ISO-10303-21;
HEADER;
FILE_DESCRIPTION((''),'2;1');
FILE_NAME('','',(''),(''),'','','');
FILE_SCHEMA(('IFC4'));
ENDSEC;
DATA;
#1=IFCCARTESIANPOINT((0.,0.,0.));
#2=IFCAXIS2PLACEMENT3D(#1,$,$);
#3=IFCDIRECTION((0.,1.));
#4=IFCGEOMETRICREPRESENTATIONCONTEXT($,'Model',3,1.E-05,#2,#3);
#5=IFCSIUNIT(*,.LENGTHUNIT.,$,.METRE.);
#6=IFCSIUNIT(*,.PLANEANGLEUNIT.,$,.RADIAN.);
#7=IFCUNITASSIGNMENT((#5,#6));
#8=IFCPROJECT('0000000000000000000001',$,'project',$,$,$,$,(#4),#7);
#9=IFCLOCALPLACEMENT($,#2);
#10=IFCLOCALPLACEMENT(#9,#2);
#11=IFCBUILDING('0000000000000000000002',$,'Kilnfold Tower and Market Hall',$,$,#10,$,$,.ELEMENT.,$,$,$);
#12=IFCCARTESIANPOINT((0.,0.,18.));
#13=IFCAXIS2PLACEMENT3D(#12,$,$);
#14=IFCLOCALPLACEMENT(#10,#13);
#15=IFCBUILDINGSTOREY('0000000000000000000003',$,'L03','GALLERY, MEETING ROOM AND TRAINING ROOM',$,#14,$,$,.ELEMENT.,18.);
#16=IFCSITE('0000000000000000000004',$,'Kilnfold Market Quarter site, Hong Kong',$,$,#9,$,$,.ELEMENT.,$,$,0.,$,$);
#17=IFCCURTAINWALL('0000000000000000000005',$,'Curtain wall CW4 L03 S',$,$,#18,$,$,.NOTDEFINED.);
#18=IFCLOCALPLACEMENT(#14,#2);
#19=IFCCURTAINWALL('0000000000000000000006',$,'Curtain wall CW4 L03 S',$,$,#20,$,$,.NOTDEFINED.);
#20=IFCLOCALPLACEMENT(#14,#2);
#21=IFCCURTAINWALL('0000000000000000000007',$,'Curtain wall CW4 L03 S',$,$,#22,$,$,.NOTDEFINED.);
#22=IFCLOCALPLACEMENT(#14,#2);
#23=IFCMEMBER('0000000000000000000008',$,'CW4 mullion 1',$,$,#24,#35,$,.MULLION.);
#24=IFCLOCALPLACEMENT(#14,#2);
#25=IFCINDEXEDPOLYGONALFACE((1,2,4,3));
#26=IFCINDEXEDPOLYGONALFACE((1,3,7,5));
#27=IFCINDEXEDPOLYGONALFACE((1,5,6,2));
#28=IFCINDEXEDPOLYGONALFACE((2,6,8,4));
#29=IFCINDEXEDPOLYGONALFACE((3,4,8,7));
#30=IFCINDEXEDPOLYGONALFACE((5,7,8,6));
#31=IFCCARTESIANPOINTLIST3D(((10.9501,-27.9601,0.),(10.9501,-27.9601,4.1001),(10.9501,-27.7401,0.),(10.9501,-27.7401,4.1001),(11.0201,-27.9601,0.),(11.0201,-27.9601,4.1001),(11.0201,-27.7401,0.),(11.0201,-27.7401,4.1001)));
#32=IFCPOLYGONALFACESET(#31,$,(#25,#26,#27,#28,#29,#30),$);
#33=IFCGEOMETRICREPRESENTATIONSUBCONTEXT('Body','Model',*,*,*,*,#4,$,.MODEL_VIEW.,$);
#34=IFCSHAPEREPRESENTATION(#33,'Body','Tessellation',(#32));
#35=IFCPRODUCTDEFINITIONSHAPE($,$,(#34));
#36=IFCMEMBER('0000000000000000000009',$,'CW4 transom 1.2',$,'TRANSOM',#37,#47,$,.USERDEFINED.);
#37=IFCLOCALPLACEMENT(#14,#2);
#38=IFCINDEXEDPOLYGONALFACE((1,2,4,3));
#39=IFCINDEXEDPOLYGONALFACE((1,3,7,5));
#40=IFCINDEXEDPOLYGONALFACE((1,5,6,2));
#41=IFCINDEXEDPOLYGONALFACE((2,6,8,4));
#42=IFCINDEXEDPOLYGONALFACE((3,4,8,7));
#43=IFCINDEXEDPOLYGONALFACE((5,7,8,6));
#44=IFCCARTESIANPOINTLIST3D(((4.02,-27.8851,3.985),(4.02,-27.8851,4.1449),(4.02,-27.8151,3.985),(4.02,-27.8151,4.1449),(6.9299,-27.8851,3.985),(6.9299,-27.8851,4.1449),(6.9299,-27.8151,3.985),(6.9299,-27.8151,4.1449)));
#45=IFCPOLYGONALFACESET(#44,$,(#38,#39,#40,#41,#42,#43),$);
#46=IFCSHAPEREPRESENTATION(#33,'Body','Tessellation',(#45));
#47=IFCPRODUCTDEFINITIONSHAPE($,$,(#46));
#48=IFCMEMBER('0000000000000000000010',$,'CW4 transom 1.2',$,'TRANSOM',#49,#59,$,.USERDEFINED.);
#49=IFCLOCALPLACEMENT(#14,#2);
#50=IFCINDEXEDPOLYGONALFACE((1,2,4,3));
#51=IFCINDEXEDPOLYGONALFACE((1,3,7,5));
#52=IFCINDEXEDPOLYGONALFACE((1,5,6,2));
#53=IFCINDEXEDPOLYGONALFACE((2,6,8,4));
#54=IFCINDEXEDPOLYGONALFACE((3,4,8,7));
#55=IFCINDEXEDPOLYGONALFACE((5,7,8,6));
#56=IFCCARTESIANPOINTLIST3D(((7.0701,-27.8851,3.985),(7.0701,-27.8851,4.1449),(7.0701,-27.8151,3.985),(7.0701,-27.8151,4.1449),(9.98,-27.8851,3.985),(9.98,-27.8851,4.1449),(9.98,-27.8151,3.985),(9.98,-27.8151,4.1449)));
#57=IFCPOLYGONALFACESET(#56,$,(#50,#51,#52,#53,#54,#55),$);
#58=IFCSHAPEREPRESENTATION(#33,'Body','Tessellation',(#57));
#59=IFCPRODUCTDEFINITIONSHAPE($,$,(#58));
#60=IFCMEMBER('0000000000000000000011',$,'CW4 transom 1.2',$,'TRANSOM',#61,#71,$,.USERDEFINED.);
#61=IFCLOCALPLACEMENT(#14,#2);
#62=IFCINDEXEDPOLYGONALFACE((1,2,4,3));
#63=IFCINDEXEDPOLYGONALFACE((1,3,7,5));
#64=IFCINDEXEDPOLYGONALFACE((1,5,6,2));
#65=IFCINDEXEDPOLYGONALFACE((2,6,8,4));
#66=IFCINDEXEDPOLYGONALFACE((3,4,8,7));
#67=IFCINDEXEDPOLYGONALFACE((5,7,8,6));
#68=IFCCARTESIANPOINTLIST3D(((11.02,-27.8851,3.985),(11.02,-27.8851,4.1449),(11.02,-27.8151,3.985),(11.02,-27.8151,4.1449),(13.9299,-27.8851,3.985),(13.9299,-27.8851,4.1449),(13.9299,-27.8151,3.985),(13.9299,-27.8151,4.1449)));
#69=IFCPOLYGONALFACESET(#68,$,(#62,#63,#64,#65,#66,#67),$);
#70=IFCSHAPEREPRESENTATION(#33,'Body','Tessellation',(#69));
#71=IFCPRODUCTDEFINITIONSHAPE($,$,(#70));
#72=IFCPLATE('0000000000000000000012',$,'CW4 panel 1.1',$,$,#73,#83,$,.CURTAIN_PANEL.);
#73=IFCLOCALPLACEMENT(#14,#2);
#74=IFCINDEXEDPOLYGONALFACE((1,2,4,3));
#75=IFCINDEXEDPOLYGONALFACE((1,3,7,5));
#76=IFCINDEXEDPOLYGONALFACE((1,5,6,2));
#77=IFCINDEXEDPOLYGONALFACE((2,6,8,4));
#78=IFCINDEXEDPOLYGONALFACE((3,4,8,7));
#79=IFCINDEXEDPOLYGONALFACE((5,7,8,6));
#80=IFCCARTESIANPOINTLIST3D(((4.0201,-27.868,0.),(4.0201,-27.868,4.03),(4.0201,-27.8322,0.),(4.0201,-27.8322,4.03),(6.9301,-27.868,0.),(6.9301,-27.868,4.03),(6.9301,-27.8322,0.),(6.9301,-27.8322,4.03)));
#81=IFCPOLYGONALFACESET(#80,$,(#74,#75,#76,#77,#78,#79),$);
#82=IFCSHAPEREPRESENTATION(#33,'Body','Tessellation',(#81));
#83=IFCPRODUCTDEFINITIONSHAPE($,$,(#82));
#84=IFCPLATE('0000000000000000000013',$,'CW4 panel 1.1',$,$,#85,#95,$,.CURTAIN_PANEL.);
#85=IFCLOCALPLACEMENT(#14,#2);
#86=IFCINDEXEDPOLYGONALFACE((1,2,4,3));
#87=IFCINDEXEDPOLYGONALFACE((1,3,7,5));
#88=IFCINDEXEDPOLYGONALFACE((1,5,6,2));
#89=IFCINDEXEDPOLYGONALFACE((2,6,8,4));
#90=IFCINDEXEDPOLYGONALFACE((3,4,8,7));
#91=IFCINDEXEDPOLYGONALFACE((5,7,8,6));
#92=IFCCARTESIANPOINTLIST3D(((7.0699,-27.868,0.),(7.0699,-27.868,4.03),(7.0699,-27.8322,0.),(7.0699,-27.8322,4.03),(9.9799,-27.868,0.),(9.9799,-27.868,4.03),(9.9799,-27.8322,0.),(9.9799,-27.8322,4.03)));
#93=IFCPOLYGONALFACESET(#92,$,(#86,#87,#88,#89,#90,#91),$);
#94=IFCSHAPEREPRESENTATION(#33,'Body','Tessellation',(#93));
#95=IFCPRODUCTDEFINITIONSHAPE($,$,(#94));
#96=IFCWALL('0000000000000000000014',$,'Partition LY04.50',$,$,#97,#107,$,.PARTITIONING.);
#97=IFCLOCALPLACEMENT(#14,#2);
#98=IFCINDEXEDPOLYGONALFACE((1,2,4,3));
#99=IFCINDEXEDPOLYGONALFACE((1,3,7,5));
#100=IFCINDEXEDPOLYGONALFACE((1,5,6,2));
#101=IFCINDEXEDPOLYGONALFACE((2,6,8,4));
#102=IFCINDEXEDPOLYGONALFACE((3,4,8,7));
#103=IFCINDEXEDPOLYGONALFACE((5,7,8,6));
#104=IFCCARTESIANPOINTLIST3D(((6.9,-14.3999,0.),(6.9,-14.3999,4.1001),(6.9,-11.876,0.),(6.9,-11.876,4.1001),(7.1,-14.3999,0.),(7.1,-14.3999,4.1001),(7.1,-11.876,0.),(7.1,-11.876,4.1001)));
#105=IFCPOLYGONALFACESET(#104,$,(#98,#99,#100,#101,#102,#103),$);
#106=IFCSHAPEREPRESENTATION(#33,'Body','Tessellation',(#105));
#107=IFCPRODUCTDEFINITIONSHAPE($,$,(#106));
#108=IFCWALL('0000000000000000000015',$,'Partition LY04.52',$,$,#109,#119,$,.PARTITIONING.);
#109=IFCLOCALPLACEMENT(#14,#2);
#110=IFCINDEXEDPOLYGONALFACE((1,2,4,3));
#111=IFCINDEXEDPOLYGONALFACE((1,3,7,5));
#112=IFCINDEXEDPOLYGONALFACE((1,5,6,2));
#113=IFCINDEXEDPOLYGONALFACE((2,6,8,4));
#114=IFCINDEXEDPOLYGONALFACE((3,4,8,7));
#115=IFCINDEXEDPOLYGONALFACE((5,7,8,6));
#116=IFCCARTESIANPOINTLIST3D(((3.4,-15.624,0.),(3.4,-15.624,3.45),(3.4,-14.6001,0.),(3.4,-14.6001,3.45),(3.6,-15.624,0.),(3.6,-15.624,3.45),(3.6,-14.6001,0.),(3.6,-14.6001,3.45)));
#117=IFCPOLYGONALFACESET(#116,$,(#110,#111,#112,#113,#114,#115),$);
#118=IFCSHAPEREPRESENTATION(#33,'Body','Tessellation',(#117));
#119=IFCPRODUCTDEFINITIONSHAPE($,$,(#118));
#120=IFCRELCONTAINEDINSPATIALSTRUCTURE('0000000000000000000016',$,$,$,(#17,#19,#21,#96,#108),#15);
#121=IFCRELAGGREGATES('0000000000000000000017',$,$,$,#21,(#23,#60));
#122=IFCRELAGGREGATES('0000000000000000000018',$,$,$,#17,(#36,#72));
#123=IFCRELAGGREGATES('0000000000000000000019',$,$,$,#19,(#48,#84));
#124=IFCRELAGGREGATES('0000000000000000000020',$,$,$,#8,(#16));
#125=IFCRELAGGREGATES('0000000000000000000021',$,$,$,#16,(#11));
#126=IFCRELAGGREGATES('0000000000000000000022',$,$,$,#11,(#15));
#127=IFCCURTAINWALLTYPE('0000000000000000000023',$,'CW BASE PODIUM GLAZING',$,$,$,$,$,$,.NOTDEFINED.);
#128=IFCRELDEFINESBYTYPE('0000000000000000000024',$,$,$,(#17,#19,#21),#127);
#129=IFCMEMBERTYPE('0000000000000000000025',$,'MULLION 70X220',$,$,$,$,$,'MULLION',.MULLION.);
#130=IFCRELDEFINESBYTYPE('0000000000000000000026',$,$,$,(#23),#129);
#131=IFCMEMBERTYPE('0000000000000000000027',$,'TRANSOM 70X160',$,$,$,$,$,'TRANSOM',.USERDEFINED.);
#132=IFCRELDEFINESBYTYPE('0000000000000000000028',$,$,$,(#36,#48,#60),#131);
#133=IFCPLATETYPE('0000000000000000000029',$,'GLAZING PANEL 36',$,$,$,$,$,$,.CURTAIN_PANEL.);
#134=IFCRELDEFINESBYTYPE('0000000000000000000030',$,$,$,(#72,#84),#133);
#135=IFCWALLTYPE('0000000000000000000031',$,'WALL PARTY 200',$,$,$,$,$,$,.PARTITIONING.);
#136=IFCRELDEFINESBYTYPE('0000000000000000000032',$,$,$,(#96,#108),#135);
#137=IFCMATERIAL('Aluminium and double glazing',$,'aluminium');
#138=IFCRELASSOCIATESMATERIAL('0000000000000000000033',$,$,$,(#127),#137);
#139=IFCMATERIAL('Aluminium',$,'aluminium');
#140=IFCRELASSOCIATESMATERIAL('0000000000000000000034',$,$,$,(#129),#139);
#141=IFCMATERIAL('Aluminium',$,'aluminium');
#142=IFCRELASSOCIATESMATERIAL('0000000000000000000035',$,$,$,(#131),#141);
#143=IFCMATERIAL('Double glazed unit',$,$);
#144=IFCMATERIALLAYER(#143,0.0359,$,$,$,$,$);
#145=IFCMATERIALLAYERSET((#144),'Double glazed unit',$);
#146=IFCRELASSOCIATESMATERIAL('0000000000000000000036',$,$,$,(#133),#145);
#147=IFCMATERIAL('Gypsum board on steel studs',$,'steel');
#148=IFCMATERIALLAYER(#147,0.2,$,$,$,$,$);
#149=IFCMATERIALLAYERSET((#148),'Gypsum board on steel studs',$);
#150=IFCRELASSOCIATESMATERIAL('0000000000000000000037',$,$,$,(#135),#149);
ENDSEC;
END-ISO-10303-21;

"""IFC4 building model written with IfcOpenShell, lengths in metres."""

from ifc_helpers import new_model, si_unit, direction, frame, frame_2d, origin, origin_2d, place, context, subcontext, project, spatial, rectangle, extrude, source, transform, mapped, material, layer, layer_set, material_profile, profile_set, type_object, element, aggregate, save


model = new_model("IFC4")

# Units and contexts
model_context = context("Model", 3, precision=1e-05, world=origin(), true_north=direction((0.0, 1.0)))
body_context = subcontext(model_context, "Body", "Model", "MODEL_VIEW")
ifc_project = project(units=[si_unit("LENGTHUNIT", "METRE"), si_unit("PLANEANGLEUNIT", "RADIAN")], contexts=[model_context])

# Site, building, storey
site_placement = place(None, origin())
site = spatial("IfcSite", under=ifc_project, at=site_placement, Name="Kilnfold Market Quarter site, Hong Kong", CompositionType="ELEMENT", RefElevation=0.0)
building_placement = place(site_placement, origin())
building = spatial("IfcBuilding", under=site, at=building_placement, Name="Kilnfold Tower and Market Hall", CompositionType="ELEMENT")
storey_placement = place(building_placement, frame((0.0, 0.0, 18.0)))
storey = spatial("IfcBuildingStorey", under=building, at=storey_placement, Name="L03", Description="GALLERY, MEETING ROOM AND TRAINING ROOM", CompositionType="ELEMENT", Elevation=18.0)

# Curtain walls
ifc_material_1 = material(Name="Aluminium and double glazing", Category="aluminium")
curtain_wall_type = type_object("IfcCurtainWallType", Name="CW BASE PODIUM GLAZING", PredefinedType="NOTDEFINED", material=ifc_material_1)
curtain_wall_1_placement = place(storey_placement, origin())
curtain_wall_1 = element("IfcCurtainWall", 1, at=curtain_wall_1_placement, inside=storey, type_object=curtain_wall_type, Name="Curtain wall CW4 L03 S", PredefinedType="NOTDEFINED")
ifc_material_2 = material(Name="Aluminium", Category="aluminium")
ifc_material_profile_1 = material_profile(ifc_material_2, rectangle(XDim=0.0701, YDim=0.22, at=origin_2d()), Name="MULLION 70x220")
ifc_profile_set_1 = profile_set([ifc_material_profile_1], Name="Aluminium")
member_type_1 = type_object("IfcMemberType", Name="MULLION 70X220", ElementType="MULLION", PredefinedType="MULLION", material=ifc_profile_set_1)
shared_shape_1 = source(origin(), body_context, "Body", "SweptSolid", [
    extrude(rectangle(XDim=0.0701, YDim=0.22, at=origin_2d()), origin(), (0.0, 0.0, 1.0), 4.1001),
])
curtain_wall_2_placement = place(storey_placement, origin())
curtain_wall_2 = element("IfcCurtainWall", 2, at=curtain_wall_2_placement, inside=storey, type_object=curtain_wall_type, Name="Curtain wall CW4 L03 S", PredefinedType="NOTDEFINED")

# Curtain wall, member
curtain_wall_3_placement = place(storey_placement, origin())
curtain_wall_3 = element("IfcCurtainWall", 3, at=curtain_wall_3_placement, inside=storey, type_object=curtain_wall_type, Name="Curtain wall CW4 L03 S", PredefinedType="NOTDEFINED")
member_1_placement = place(storey_placement, frame((10.9851, -27.8501, 0.0), z_axis=(0.0, 0.0, 1.0), x_axis=(1.0, 0.0, 0.0)))
member_1 = element("IfcMember", 4, at=member_1_placement, type_object=member_type_1, Name="CW4 mullion 1", PredefinedType="MULLION", context=body_context, shape_type="MappedRepresentation", body=[
    mapped(shared_shape_1, transform((0.0, 0.0, 0.0))),
])

# Members
ifc_material_3 = material(Name="Aluminium", Category="aluminium")
ifc_material_profile_2 = material_profile(ifc_material_3, rectangle(XDim=0.0701, YDim=0.1599, at=origin_2d()), Name="TRANSOM 70x160")
ifc_profile_set_2 = profile_set([ifc_material_profile_2], Name="Aluminium")
member_type_2 = type_object("IfcMemberType", Name="TRANSOM 70X160", ElementType="TRANSOM", PredefinedType="USERDEFINED", material=ifc_profile_set_2)
shared_shape_2 = source(origin(), body_context, "Body", "SweptSolid", [
    extrude(rectangle(XDim=0.0701, YDim=0.1599, at=origin_2d()), origin(), (0.0, 0.0, 1.0), 2.9099),
])
member_2_placement = place(storey_placement, frame((4.02, -27.8501, 4.0649), z_axis=(1.0, 0.0, 0.0), x_axis=(0.0, 1.0, 0.0)))
member_2 = element("IfcMember", 5, at=member_2_placement, type_object=member_type_2, Name="CW4 transom 1.2", ObjectType="TRANSOM", PredefinedType="USERDEFINED", context=body_context, shape_type="MappedRepresentation", body=[
    mapped(shared_shape_2, transform((0.0, 0.0, 0.0))),
])
member_3_placement = place(storey_placement, frame((7.0701, -27.8501, 4.0649), z_axis=(1.0, 0.0, 0.0), x_axis=(0.0, 1.0, 0.0)))
member_3 = element("IfcMember", 6, at=member_3_placement, type_object=member_type_2, Name="CW4 transom 1.2", ObjectType="TRANSOM", PredefinedType="USERDEFINED", context=body_context, shape_type="MappedRepresentation", body=[
    mapped(shared_shape_2, transform((0.0, 0.0, 0.0))),
])
member_4_placement = place(storey_placement, frame((11.02, -27.8501, 4.0649), z_axis=(1.0, 0.0, 0.0), x_axis=(0.0, 1.0, 0.0)))
member_4 = element("IfcMember", 7, at=member_4_placement, type_object=member_type_2, Name="CW4 transom 1.2", ObjectType="TRANSOM", PredefinedType="USERDEFINED", context=body_context, shape_type="MappedRepresentation", body=[
    mapped(shared_shape_2, transform((0.0, 0.0, 0.0))),
])
aggregate(curtain_wall_3, [member_1, member_4])

# Plates
ifc_material_4 = material(Name="Double glazed unit")
ifc_layer_1 = layer(ifc_material_4, 0.0359)
ifc_layer_set_1 = layer_set([ifc_layer_1], Name="Double glazed unit")
plate_type = type_object("IfcPlateType", Name="GLAZING PANEL 36", PredefinedType="CURTAIN_PANEL", material=ifc_layer_set_1)
shared_shape_3 = source(origin(), body_context, "Body", "SweptSolid", [
    extrude(rectangle(XDim=2.9099, YDim=0.0359, at=origin_2d()), origin(), (0.0, 0.0, 1.0), 4.03),
])
plate_1_placement = place(storey_placement, frame((5.4751, -27.8501, 0.0), z_axis=(0.0, 0.0, 1.0), x_axis=(1.0, 0.0, 0.0)))
plate_1 = element("IfcPlate", 8, at=plate_1_placement, type_object=plate_type, Name="CW4 panel 1.1", PredefinedType="CURTAIN_PANEL", context=body_context, shape_type="MappedRepresentation", body=[
    mapped(shared_shape_3, transform((0.0, 0.0, 0.0))),
])
aggregate(curtain_wall_1, [member_2, plate_1])
plate_2_placement = place(storey_placement, frame((8.5249, -27.8501, 0.0), z_axis=(0.0, 0.0, 1.0), x_axis=(1.0, 0.0, 0.0)))
plate_2 = element("IfcPlate", 9, at=plate_2_placement, type_object=plate_type, Name="CW4 panel 1.1", PredefinedType="CURTAIN_PANEL", context=body_context, shape_type="MappedRepresentation", body=[
    mapped(shared_shape_3, transform((0.0, 0.0, 0.0))),
])
aggregate(curtain_wall_2, [member_3, plate_2])

# Walls
ifc_material_5 = material(Name="Gypsum board on steel studs", Category="steel")
ifc_layer_2 = layer(ifc_material_5, 0.2)
ifc_layer_set_2 = layer_set([ifc_layer_2], Name="Gypsum board on steel studs")
wall_type = type_object("IfcWallType", Name="WALL PARTY 200", PredefinedType="PARTITIONING", material=ifc_layer_set_2)
wall_1_placement = place(storey_placement, frame((7.0, -14.3999, 0.0), z_axis=(0.0, 0.0, 1.0), x_axis=(0.0, 1.0, 0.0)))
element("IfcWall", 10, at=wall_1_placement, inside=storey, type_object=wall_type, Name="Partition LY04.50", PredefinedType="PARTITIONING", context=body_context, shape_type="SweptSolid", body=[
    extrude(rectangle(XDim=2.5239, YDim=0.2, at=frame_2d((1.262, 0.0))), origin(), (0.0, 0.0, 1.0), 4.1001),
])
wall_2_placement = place(storey_placement, frame((3.5, -15.624, 0.0), z_axis=(0.0, 0.0, 1.0), x_axis=(0.0, 1.0, 0.0)))
element("IfcWall", 11, at=wall_2_placement, inside=storey, type_object=wall_type, Name="Partition LY04.52", PredefinedType="PARTITIONING", context=body_context, shape_type="SweptSolid", body=[
    extrude(rectangle(XDim=1.0239, YDim=0.2, at=frame_2d((0.512, 0.0))), origin(), (0.0, 0.0, 1.0), 3.45),
])

save(model, "model.ifc")
